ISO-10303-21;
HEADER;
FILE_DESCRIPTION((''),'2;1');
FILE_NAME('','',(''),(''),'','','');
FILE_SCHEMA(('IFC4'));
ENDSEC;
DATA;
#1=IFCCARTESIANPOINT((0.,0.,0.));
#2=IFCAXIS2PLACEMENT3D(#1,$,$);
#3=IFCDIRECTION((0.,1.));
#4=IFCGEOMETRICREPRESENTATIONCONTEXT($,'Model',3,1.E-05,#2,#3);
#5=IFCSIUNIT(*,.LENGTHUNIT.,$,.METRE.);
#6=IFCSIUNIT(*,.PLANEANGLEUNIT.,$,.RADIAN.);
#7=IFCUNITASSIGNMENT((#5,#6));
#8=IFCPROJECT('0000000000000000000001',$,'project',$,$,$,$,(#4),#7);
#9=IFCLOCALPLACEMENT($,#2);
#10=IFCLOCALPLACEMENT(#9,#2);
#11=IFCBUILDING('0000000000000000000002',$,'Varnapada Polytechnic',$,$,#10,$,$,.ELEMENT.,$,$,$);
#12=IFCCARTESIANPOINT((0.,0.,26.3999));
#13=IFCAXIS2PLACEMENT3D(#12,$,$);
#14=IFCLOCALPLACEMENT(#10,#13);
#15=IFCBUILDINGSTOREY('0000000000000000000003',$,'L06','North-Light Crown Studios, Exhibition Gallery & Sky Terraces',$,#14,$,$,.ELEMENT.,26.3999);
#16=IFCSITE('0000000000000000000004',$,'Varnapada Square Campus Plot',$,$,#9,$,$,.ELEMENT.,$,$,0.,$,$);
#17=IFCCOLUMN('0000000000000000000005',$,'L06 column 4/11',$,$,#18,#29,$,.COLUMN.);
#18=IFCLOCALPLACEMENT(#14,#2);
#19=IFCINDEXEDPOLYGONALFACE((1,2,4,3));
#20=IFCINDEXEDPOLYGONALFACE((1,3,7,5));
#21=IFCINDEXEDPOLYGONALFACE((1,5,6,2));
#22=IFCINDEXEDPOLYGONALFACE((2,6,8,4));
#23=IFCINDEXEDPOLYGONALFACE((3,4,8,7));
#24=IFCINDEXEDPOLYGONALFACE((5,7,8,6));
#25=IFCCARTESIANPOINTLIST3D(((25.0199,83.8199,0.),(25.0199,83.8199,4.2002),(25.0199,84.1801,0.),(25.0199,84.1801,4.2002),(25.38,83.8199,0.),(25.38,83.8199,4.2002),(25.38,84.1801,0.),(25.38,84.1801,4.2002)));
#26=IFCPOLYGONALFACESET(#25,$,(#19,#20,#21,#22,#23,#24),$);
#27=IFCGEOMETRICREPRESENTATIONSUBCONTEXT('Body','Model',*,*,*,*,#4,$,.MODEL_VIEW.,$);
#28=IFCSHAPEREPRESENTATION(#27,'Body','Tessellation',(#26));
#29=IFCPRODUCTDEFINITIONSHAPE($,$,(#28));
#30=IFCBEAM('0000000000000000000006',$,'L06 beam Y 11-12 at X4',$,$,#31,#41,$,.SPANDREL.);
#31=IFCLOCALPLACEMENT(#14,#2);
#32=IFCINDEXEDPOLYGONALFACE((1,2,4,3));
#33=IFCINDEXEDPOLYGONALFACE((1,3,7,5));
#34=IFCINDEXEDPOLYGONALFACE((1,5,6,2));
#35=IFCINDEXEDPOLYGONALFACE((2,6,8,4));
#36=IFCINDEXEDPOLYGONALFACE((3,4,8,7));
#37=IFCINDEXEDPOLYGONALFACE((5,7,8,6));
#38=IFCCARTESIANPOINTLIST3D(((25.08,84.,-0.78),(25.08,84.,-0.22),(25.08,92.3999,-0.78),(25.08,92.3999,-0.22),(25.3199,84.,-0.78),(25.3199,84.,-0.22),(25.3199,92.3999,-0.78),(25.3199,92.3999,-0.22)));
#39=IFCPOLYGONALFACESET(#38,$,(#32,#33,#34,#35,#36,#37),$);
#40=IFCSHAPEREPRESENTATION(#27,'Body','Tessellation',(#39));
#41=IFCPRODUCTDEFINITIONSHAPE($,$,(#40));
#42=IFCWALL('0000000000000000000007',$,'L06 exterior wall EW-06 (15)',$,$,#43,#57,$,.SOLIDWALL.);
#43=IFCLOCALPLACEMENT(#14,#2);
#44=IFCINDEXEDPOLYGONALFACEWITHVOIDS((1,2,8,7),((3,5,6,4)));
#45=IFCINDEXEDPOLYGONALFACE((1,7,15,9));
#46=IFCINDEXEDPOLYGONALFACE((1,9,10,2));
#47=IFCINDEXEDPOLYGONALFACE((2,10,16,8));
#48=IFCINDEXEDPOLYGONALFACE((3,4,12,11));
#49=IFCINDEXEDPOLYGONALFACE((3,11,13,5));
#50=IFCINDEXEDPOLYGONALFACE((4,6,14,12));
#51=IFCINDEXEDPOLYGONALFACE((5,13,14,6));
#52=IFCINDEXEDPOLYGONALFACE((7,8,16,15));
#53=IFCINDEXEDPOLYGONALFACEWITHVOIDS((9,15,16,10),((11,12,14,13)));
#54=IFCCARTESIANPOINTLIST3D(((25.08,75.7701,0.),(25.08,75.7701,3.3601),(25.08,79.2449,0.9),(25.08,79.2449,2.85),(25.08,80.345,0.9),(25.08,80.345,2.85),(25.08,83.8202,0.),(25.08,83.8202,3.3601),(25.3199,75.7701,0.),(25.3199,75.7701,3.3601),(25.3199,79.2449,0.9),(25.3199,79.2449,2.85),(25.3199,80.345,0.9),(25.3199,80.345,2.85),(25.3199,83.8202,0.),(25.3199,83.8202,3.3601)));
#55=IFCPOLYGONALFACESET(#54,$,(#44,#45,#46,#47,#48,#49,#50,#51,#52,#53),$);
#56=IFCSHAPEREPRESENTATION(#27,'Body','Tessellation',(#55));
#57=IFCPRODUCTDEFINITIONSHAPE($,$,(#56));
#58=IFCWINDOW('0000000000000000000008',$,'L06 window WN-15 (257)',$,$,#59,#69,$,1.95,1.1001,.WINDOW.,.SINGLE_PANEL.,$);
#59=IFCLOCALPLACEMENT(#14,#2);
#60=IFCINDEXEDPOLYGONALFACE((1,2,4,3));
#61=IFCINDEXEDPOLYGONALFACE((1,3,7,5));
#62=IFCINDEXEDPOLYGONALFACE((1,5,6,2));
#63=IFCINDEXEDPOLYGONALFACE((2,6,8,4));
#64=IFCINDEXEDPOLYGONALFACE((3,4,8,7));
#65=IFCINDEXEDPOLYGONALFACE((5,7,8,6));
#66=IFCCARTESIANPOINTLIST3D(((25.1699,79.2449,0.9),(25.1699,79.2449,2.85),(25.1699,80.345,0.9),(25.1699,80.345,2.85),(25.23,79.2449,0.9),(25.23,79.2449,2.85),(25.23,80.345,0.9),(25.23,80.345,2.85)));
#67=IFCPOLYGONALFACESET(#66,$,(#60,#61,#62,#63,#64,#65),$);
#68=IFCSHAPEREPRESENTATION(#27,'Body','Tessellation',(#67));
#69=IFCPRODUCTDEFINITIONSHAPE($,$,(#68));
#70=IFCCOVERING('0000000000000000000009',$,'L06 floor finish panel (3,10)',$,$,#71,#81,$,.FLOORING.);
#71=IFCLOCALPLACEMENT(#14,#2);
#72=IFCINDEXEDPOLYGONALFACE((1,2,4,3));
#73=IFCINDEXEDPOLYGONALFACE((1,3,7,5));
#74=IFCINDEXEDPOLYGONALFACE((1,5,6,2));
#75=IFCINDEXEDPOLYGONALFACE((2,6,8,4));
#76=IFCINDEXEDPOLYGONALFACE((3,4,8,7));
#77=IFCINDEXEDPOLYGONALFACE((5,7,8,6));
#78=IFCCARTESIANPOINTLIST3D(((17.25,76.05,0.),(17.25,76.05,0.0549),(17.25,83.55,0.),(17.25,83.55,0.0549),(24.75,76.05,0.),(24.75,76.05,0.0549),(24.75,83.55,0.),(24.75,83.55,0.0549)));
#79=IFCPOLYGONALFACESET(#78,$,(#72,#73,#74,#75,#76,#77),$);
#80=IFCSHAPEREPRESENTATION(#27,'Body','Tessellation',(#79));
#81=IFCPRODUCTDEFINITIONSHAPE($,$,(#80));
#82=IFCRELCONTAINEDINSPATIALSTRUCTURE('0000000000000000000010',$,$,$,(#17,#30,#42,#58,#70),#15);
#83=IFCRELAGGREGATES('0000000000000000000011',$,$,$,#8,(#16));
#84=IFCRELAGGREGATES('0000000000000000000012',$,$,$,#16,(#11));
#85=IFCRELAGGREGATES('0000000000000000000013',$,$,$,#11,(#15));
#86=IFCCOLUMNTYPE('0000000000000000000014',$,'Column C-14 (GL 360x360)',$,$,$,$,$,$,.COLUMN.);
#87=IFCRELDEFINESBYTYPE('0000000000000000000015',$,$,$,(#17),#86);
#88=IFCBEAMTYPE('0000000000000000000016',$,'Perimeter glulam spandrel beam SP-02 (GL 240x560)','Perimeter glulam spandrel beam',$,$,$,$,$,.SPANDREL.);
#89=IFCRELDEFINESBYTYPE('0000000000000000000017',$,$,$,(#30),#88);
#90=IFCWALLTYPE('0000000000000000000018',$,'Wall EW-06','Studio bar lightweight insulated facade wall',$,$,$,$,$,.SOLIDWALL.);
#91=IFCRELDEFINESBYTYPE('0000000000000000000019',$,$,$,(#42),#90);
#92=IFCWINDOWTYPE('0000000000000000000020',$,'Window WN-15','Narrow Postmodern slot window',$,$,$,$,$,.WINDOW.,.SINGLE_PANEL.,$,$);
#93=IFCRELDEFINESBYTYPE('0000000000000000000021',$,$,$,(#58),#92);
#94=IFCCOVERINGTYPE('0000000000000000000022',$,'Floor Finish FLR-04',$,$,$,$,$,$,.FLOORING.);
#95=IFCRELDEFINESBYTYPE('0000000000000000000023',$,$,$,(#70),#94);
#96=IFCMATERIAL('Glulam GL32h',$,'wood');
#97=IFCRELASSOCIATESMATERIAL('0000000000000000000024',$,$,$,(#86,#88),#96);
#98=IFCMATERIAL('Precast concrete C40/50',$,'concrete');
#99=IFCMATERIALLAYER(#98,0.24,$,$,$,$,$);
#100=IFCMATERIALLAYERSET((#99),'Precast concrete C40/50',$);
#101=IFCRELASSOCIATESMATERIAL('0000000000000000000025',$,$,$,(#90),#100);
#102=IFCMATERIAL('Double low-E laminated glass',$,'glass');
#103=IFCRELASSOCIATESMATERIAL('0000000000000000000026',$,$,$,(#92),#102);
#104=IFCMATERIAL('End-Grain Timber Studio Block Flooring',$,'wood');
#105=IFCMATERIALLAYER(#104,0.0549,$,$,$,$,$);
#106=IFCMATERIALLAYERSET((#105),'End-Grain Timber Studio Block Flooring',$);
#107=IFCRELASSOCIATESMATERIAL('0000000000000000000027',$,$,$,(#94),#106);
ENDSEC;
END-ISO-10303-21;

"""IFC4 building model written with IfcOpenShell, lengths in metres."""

from ifc_helpers import new_model, si_unit, direction, frame, frame_2d, origin, origin_2d, place, context, subcontext, project, spatial, rectangle, extrude, material, layer, layer_set, material_profile, profile_set, type_object, element, fill, save


model = new_model("IFC4")

# Units and contexts
model_context = context("Model", 3, precision=1e-05, world=origin(), true_north=direction((0.0, 1.0)))
body_context = subcontext(model_context, "Body", "Model", "MODEL_VIEW")
ifc_project = project(units=[si_unit("LENGTHUNIT", "METRE"), si_unit("PLANEANGLEUNIT", "RADIAN")], contexts=[model_context])

# Site, building, storey
site_placement = place(None, origin())
site = spatial("IfcSite", under=ifc_project, at=site_placement, Name="Varnapada Square Campus Plot", CompositionType="ELEMENT", RefElevation=0.0)
building_placement = place(site_placement, origin())
building = spatial("IfcBuilding", under=site, at=building_placement, Name="Varnapada Polytechnic", CompositionType="ELEMENT")
storey_placement = place(building_placement, frame((0.0, 0.0, 26.3999)))
storey = spatial("IfcBuildingStorey", under=building, at=storey_placement, Name="L06", Description="North-Light Crown Studios, Exhibition Gallery & Sky Terraces", CompositionType="ELEMENT", Elevation=26.3999)

# Column
ifc_material_1 = material(Name="Glulam GL32h", Category="wood")
ifc_material_profile_1 = material_profile(ifc_material_1, rectangle(XDim=0.3601, YDim=0.3601, at=origin_2d()), Name="GL 360x360")
ifc_profile_set_1 = profile_set([ifc_material_profile_1], Name="Glulam GL32h")
column_type = type_object("IfcColumnType", Name="Column C-14 (GL 360x360)", PredefinedType="COLUMN", material=ifc_profile_set_1)
column_placement = place(storey_placement, frame((25.2, 84.0, 0.0), z_axis=(0.0, 0.0, 1.0), x_axis=(1.0, 0.0, 0.0)))
element("IfcColumn", 1, at=column_placement, inside=storey, type_object=column_type, Name="L06 column 4/11", PredefinedType="COLUMN", context=body_context, shape_type="SweptSolid", body=[
    extrude(rectangle(XDim=0.3601, YDim=0.3601, at=origin_2d()), origin(), (0.0, 0.0, 1.0), 4.2002),
])

# Beam
ifc_material_profile_2 = material_profile(ifc_material_1, rectangle(XDim=0.24, YDim=0.5601, at=origin_2d()), Name="GL 240x560")
ifc_profile_set_2 = profile_set([ifc_material_profile_2], Name="Glulam GL32h")
beam_type = type_object("IfcBeamType", Name="Perimeter glulam spandrel beam SP-02 (GL 240x560)", Description="Perimeter glulam spandrel beam", PredefinedType="SPANDREL", material=ifc_profile_set_2)
beam_placement = place(storey_placement, frame((25.2, 84.0, -0.5), z_axis=(0.0, 1.0, 0.0), x_axis=(-1.0, 0.0, 0.0)))
element("IfcBeam", 2, at=beam_placement, inside=storey, type_object=beam_type, Name="L06 beam Y 11-12 at X4", PredefinedType="SPANDREL", context=body_context, shape_type="SweptSolid", body=[
    extrude(rectangle(XDim=0.24, YDim=0.5601, at=origin_2d()), origin(), (0.0, 0.0, 1.0), 8.3999),
])

# Wall, opening, window
ifc_material_2 = material(Name="Precast concrete C40/50", Category="concrete")
ifc_layer_1 = layer(ifc_material_2, 0.24)
ifc_layer_set_1 = layer_set([ifc_layer_1], Name="Precast concrete C40/50")
wall_type = type_object("IfcWallType", Name="Wall EW-06", Description="Studio bar lightweight insulated facade wall", PredefinedType="SOLIDWALL", material=ifc_layer_set_1)
wall_placement = place(storey_placement, frame((25.2, 83.8201, 0.0), z_axis=(0.0, 0.0, 1.0), x_axis=(0.0, -1.0, 0.0)))
wall = element("IfcWall", 3, at=wall_placement, inside=storey, type_object=wall_type, Name="L06 exterior wall EW-06 (15)", PredefinedType="SOLIDWALL", context=body_context, shape_type="SweptSolid", body=[
    extrude(rectangle(XDim=8.05, YDim=0.24, at=frame_2d((4.0249, 0.0))), origin(), (0.0, 0.0, 1.0), 3.3601),
])
opening_1_placement = place(wall_placement, frame((3.4751, 0.0, 0.8999)))
opening_1 = element("IfcOpeningElement", 4, at=opening_1_placement, cuts=wall, PredefinedType="OPENING", context=body_context, shape_type="SweptSolid", body=[
    extrude(rectangle(XDim=1.1001, YDim=1.95, at=frame_2d((0.55, 0.9751))), frame((0.0, 0.1299, 0.0), z_axis=(0.0, -1.0, 0.0), x_axis=(1.0, 0.0, 0.0)), (0.0, 0.0, 1.0), 0.26),
])
ifc_material_3 = material(Name="Double low-E laminated glass", Category="glass")
window_type = type_object("IfcWindowType", Name="Window WN-15", Description="Narrow Postmodern slot window", PartitioningType="SINGLE_PANEL", PredefinedType="WINDOW", material=ifc_material_3)
window_placement = place(opening_1_placement, origin())
window = element("IfcWindow", 5, at=window_placement, inside=storey, type_object=window_type, Name="L06 window WN-15 (257)", OverallHeight=1.95, OverallWidth=1.1001, PartitioningType="SINGLE_PANEL", PredefinedType="WINDOW", context=body_context, shape_type="SweptSolid", body=[
    extrude(rectangle(XDim=1.1001, YDim=1.95, at=frame_2d((0.55, 0.9751))), frame((0.0, 0.03, 0.0), z_axis=(0.0, -1.0, 0.0), x_axis=(1.0, 0.0, 0.0)), (0.0, 0.0, 1.0), 0.0601),
])
fill(opening_1, window)

# Covering
ifc_material_4 = material(Name="End-Grain Timber Studio Block Flooring", Category="wood")
ifc_layer_2 = layer(ifc_material_4, 0.0549)
ifc_layer_set_2 = layer_set([ifc_layer_2], Name="End-Grain Timber Studio Block Flooring")
covering_type_1 = type_object("IfcCoveringType", Name="Floor Finish FLR-04", PredefinedType="FLOORING", material=ifc_layer_set_2)
covering_1_placement = place(storey_placement, frame((21.0, 79.8, 0.0), z_axis=(0.0, 0.0, 1.0), x_axis=(1.0, 0.0, 0.0)))
element("IfcCovering", 6, at=covering_1_placement, inside=storey, type_object=covering_type_1, Name="L06 floor finish panel (3,10)", PredefinedType="FLOORING", context=body_context, shape_type="SweptSolid", body=[
    extrude(rectangle(XDim=7.5, YDim=7.5, at=origin_2d()), origin(), (0.0, 0.0, 1.0), 0.0549),
])

save(model, "model.ifc")
